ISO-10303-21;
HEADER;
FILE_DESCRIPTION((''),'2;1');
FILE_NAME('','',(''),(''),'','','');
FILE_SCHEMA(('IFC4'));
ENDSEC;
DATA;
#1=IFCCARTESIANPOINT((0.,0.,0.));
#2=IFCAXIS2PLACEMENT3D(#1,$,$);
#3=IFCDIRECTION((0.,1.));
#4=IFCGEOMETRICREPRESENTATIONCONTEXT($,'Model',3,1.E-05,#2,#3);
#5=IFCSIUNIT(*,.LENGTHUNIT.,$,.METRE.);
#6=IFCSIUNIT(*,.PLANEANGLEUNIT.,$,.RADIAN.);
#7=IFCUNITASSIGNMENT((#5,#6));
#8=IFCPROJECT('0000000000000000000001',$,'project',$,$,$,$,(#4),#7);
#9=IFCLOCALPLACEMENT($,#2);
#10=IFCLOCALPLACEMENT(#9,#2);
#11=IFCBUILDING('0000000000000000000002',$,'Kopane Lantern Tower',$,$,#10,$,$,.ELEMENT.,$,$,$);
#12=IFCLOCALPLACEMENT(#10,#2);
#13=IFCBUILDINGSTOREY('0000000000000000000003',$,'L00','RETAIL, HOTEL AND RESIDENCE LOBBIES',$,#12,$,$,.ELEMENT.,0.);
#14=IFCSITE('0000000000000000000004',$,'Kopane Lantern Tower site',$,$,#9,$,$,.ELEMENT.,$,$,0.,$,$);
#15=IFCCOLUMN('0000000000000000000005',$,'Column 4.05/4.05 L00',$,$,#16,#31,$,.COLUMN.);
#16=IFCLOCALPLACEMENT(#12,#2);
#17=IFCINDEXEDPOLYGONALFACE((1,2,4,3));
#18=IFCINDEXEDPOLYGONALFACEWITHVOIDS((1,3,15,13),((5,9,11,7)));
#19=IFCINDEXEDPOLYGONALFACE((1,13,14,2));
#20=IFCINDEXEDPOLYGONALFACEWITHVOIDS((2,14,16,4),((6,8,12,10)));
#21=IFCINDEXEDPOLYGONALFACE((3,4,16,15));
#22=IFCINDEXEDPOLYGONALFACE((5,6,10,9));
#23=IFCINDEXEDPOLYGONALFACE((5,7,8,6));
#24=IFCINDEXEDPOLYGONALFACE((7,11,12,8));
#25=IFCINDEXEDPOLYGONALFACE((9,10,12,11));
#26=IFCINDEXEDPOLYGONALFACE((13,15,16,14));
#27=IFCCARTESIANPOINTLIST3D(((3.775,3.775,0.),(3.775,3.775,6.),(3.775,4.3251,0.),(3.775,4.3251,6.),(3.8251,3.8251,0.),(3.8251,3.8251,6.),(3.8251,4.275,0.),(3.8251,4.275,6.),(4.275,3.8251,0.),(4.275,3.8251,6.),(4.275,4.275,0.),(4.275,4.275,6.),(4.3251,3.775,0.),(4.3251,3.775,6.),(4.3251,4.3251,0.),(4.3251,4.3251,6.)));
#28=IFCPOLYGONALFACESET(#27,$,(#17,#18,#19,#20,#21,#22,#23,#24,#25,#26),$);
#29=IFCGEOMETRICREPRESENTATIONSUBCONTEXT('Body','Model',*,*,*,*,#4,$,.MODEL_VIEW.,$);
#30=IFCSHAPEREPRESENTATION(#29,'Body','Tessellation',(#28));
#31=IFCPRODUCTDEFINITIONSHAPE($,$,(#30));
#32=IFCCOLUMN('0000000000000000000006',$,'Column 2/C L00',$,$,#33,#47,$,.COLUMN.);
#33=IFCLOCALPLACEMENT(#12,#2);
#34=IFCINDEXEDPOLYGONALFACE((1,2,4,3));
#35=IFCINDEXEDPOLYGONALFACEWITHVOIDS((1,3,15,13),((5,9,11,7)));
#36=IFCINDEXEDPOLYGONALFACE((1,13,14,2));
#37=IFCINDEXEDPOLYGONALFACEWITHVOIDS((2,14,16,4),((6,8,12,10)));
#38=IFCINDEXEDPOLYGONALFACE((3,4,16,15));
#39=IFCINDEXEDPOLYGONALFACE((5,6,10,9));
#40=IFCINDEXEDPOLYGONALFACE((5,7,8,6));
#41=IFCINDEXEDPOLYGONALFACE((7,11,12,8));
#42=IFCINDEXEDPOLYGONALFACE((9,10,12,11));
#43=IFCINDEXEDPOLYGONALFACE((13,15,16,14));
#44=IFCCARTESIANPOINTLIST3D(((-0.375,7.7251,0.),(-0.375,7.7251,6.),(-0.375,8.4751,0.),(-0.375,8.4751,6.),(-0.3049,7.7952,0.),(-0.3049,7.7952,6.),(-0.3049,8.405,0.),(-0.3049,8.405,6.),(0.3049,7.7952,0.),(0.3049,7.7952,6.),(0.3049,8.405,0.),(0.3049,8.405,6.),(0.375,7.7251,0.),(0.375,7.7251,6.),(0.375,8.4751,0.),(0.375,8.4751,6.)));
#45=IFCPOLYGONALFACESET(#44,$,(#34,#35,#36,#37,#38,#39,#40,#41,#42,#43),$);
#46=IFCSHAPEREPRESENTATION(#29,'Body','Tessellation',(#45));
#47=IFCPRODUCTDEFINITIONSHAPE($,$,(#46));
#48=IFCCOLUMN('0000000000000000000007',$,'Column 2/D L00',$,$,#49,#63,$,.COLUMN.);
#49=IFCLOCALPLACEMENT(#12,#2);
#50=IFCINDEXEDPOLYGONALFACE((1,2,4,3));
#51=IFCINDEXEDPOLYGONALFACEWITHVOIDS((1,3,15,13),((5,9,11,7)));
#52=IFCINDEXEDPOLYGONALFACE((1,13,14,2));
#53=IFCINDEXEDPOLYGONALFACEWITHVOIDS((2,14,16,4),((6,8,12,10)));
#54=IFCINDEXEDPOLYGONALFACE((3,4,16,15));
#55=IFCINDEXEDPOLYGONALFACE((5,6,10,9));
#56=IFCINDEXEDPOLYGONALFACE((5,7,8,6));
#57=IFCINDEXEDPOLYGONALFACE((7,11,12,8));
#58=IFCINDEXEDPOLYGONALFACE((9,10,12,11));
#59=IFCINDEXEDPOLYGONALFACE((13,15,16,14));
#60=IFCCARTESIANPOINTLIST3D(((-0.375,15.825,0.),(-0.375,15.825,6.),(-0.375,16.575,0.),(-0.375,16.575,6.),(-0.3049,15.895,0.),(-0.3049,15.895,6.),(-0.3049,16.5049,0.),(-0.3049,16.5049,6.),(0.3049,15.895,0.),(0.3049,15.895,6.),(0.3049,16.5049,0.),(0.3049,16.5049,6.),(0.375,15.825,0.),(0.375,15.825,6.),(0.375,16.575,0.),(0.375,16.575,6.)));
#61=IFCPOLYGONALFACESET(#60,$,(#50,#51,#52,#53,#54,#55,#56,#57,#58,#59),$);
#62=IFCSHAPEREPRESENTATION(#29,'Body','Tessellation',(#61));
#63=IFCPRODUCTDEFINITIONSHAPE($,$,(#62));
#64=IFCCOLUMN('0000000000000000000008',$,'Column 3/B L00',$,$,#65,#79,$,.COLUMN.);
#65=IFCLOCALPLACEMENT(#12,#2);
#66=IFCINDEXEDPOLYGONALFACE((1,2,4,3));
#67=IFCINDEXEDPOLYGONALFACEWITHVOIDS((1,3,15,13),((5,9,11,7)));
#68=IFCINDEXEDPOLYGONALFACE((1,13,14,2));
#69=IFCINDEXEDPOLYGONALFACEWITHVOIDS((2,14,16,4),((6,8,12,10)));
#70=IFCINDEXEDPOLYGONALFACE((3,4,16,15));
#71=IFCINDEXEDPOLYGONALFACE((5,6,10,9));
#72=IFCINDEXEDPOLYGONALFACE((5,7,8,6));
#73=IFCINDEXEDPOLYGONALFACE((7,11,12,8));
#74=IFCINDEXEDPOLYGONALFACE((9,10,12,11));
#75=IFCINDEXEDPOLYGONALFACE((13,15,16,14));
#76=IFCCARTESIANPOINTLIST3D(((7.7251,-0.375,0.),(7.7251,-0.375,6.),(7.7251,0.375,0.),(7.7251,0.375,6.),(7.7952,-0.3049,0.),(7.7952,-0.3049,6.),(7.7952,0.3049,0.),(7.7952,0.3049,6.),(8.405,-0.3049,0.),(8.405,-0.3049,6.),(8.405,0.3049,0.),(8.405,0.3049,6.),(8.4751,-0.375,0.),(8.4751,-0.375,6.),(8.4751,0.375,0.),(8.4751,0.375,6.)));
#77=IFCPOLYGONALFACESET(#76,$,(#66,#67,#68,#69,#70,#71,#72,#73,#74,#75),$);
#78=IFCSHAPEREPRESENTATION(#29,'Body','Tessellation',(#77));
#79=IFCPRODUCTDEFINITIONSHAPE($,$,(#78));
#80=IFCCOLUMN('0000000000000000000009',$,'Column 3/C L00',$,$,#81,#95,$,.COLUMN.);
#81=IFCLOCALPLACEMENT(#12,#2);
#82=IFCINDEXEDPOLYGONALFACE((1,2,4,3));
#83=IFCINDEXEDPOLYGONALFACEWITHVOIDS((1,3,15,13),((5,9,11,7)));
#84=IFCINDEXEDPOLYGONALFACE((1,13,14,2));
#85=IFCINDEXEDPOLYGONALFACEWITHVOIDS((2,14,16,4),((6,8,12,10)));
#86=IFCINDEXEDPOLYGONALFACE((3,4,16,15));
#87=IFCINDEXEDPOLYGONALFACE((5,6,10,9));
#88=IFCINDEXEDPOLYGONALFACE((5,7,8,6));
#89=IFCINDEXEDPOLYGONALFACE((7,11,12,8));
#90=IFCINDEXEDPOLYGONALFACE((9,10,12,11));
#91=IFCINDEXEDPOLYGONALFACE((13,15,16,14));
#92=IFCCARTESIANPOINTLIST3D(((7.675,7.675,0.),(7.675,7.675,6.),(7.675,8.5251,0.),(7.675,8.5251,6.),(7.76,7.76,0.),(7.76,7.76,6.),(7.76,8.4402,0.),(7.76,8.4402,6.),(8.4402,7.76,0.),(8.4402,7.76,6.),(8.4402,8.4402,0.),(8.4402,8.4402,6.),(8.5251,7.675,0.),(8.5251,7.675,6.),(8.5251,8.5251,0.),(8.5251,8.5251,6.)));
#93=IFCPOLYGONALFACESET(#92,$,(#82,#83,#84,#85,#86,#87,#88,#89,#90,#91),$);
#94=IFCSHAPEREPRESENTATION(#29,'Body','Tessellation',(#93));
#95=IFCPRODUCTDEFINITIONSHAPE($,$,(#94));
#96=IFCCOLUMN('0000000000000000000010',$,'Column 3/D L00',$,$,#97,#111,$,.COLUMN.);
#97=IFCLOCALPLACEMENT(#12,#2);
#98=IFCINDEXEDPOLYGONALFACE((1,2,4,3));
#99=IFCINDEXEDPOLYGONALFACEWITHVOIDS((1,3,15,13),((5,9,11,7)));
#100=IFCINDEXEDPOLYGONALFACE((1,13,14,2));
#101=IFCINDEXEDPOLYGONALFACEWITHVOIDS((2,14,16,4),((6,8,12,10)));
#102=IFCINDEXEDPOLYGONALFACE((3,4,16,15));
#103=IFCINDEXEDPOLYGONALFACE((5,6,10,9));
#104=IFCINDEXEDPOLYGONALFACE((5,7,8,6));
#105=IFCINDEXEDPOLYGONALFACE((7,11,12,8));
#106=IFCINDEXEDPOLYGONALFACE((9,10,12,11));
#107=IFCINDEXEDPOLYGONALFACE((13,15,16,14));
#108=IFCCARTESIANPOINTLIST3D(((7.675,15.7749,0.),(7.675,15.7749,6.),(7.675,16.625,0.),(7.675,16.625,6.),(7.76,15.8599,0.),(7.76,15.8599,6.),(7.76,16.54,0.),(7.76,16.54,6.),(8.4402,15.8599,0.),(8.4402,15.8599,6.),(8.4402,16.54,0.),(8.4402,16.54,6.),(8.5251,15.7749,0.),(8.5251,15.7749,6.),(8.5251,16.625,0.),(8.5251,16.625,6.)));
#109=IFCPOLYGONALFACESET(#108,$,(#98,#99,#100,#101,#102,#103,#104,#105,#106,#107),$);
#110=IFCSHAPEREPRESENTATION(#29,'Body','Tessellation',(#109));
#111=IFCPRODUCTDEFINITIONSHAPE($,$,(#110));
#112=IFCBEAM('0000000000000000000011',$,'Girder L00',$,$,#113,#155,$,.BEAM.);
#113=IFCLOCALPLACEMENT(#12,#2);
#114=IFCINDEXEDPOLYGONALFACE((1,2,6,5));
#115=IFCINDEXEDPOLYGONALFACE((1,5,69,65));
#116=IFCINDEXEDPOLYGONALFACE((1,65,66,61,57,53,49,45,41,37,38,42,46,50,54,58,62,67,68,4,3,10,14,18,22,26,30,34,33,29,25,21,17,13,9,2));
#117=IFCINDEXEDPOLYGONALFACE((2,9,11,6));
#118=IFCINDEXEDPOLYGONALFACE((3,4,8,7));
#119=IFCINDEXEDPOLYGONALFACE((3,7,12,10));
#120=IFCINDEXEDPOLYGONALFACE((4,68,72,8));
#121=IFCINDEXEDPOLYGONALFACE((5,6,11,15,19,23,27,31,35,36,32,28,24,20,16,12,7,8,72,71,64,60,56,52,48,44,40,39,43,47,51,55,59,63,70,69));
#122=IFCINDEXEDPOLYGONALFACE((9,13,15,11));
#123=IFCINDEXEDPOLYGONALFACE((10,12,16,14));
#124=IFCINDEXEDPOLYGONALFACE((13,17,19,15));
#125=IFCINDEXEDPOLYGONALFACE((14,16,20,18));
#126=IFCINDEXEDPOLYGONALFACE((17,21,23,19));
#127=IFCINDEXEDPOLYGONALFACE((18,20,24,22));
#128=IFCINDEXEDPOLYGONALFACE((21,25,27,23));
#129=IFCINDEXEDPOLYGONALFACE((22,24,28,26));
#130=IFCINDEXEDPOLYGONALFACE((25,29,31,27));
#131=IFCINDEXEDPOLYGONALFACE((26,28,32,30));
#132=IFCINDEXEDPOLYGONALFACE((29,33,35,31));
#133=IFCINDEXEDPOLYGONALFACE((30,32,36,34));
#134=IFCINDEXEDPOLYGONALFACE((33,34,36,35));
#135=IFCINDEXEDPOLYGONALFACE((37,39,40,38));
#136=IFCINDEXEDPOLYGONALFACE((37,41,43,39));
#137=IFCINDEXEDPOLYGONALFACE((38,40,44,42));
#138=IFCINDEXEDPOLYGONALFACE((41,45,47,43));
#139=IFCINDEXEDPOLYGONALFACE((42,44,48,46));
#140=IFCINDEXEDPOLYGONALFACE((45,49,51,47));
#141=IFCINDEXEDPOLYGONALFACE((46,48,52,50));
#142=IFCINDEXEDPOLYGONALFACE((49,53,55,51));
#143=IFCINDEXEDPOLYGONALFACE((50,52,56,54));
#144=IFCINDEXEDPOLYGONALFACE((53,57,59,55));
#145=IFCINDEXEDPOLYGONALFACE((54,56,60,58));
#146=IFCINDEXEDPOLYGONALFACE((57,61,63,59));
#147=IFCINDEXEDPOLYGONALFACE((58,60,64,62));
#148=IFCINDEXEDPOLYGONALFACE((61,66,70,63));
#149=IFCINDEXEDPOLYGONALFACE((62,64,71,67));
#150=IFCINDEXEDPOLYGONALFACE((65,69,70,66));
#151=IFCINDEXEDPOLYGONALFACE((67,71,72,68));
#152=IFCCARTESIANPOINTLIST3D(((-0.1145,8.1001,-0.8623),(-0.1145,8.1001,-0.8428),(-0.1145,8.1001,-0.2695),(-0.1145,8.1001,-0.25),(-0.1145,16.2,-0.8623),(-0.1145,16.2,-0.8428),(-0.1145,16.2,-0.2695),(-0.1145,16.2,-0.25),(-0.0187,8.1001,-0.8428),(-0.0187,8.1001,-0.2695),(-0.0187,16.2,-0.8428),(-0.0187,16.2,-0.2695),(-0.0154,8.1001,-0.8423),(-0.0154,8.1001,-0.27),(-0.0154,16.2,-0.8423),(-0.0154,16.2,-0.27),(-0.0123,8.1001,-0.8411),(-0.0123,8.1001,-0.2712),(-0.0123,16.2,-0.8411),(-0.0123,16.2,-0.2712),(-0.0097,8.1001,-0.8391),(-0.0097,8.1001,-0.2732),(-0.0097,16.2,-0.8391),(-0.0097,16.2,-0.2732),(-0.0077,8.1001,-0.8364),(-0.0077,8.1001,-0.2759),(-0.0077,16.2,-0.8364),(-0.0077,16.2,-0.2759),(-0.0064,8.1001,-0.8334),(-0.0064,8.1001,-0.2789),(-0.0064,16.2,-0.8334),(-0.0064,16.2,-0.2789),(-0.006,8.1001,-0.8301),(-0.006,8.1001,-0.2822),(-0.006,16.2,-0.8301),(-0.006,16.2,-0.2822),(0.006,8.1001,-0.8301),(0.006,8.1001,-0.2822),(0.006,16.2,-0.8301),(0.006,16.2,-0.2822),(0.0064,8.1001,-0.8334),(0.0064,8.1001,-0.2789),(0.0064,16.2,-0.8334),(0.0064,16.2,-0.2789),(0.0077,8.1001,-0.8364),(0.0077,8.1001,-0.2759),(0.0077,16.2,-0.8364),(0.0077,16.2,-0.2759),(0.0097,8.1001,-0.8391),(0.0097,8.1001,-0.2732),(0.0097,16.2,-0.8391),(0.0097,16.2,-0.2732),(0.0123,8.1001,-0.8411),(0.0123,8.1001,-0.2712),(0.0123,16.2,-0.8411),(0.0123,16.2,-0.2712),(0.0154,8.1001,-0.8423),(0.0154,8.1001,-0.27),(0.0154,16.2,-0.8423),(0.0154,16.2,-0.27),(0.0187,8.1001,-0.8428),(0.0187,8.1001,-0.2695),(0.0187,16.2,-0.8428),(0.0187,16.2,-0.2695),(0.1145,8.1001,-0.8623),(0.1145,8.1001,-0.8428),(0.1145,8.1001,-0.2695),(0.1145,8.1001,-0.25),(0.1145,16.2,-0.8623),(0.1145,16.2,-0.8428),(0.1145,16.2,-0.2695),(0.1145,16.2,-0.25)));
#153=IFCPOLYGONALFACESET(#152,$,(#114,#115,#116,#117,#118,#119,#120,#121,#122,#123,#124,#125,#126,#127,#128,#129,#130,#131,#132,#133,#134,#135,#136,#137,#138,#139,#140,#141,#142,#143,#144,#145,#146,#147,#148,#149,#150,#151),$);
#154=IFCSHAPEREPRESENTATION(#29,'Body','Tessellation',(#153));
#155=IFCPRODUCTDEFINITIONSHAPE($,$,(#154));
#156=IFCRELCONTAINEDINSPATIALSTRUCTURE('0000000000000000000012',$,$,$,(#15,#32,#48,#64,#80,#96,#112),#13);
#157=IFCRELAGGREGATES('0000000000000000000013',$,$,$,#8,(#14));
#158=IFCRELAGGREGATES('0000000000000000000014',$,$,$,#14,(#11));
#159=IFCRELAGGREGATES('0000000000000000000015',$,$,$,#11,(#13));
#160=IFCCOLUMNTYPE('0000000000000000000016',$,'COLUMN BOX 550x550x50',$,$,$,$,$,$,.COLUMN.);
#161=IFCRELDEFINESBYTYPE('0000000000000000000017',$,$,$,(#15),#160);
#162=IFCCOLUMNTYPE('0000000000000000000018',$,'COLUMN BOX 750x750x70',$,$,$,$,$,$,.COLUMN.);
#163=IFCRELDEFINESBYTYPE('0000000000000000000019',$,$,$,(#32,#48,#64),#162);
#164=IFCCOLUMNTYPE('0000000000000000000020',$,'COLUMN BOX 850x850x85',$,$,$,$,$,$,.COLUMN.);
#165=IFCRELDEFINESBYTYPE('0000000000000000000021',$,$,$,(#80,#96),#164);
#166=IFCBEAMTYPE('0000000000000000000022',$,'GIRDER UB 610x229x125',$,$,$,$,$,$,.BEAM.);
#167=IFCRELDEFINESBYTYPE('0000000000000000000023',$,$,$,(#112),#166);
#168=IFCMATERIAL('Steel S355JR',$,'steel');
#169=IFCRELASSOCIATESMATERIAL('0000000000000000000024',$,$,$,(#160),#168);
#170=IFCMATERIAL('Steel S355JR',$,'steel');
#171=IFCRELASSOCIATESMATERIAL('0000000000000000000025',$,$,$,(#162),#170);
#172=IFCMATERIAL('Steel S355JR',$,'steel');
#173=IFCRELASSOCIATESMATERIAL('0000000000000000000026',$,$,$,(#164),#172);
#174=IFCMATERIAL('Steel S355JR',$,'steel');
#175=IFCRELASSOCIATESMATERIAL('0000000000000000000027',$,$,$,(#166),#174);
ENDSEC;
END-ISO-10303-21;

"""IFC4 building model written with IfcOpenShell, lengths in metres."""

from ifc_helpers import new_model, si_unit, direction, frame, origin, origin_2d, place, context, subcontext, project, spatial, hollow_rectangle, i_section, extrude, material, material_profile, profile_set, type_object, element, save


model = new_model("IFC4")

# Units and contexts
model_context = context("Model", 3, precision=1e-05, world=origin(), true_north=direction((0.0, 1.0)))
body_context = subcontext(model_context, "Body", "Model", "MODEL_VIEW")
ifc_project = project(units=[si_unit("LENGTHUNIT", "METRE"), si_unit("PLANEANGLEUNIT", "RADIAN")], contexts=[model_context])

# Site, building, storey
site_placement = place(None, origin())
site = spatial("IfcSite", under=ifc_project, at=site_placement, Name="Kopane Lantern Tower site", CompositionType="ELEMENT", RefElevation=0.0)
building_placement = place(site_placement, origin())
building = spatial("IfcBuilding", under=site, at=building_placement, Name="Kopane Lantern Tower", CompositionType="ELEMENT")
storey_placement = place(building_placement, origin())
storey = spatial("IfcBuildingStorey", under=building, at=storey_placement, Name="L00", Description="RETAIL, HOTEL AND RESIDENCE LOBBIES", CompositionType="ELEMENT", Elevation=0.0)

# Columns
ifc_material_1 = material(Name="Steel S355JR", Category="steel")
ifc_material_profile_1 = material_profile(ifc_material_1, hollow_rectangle(XDim=0.55, YDim=0.55, WallThickness=0.05, at=origin_2d()), Name="BOX 550x550x50")
ifc_profile_set_1 = profile_set([ifc_material_profile_1], Name="Steel S355JR")
column_type_1 = type_object("IfcColumnType", Name="COLUMN BOX 550x550x50", PredefinedType="COLUMN", material=ifc_profile_set_1)
column_placement = place(storey_placement, frame((4.05, 4.05, 0.0), z_axis=(0.0, 0.0, 1.0), x_axis=(1.0, 0.0, 0.0)))
element("IfcColumn", 1, at=column_placement, inside=storey, type_object=column_type_1, Name="Column 4.05/4.05 L00", PredefinedType="COLUMN", context=body_context, shape_type="SweptSolid", body=[
    extrude(hollow_rectangle(XDim=0.55, YDim=0.55, WallThickness=0.05, at=origin_2d()), origin(), (0.0, 0.0, 1.0), 6.0),
])
ifc_material_2 = material(Name="Steel S355JR", Category="steel")
ifc_material_profile_2 = material_profile(ifc_material_2, hollow_rectangle(XDim=0.75, YDim=0.75, WallThickness=0.0701, at=origin_2d()), Name="BOX 750x750x70")
ifc_profile_set_2 = profile_set([ifc_material_profile_2], Name="Steel S355JR")
column_type_2 = type_object("IfcColumnType", Name="COLUMN BOX 750x750x70", PredefinedType="COLUMN", material=ifc_profile_set_2)
for number, where, z_axis, x_axis, name in (
    (2, (0.0, 8.1001, 0.0), (0.0, 0.0, 1.0), (1.0, 0.0, 0.0), "Column 2/C L00"),
    (3, (0.0, 16.2, 0.0), (0.0, 0.0, 1.0), (1.0, 0.0, 0.0), "Column 2/D L00"),
    (4, (8.1001, 0.0, 0.0), (0.0, 0.0, 1.0), (1.0, 0.0, 0.0), "Column 3/B L00"),
):
    element("IfcColumn", number, at=place(storey_placement, frame(where, z_axis=z_axis, x_axis=x_axis)), inside=storey, type_object=column_type_2, Name=name, PredefinedType="COLUMN", context=body_context, shape_type="SweptSolid", body=[
        extrude(hollow_rectangle(XDim=0.75, YDim=0.75, WallThickness=0.0701, at=origin_2d()), origin(), (0.0, 0.0, 1.0), 6.0),
    ])
ifc_material_3 = material(Name="Steel S355JR", Category="steel")
ifc_material_profile_3 = material_profile(ifc_material_3, hollow_rectangle(XDim=0.8501, YDim=0.8501, WallThickness=0.085, at=origin_2d()), Name="BOX 850x850x85")
ifc_profile_set_3 = profile_set([ifc_material_profile_3], Name="Steel S355JR")
column_type_3 = type_object("IfcColumnType", Name="COLUMN BOX 850x850x85", PredefinedType="COLUMN", material=ifc_profile_set_3)
for number, where, z_axis, x_axis, name in (
    (5, (8.1001, 8.1001, 0.0), (0.0, 0.0, 1.0), (1.0, 0.0, 0.0), "Column 3/C L00"),
    (6, (8.1001, 16.2, 0.0), (0.0, 0.0, 1.0), (1.0, 0.0, 0.0), "Column 3/D L00"),
):
    element("IfcColumn", number, at=place(storey_placement, frame(where, z_axis=z_axis, x_axis=x_axis)), inside=storey, type_object=column_type_3, Name=name, PredefinedType="COLUMN", context=body_context, shape_type="SweptSolid", body=[
        extrude(hollow_rectangle(XDim=0.8501, YDim=0.8501, WallThickness=0.085, at=origin_2d()), origin(), (0.0, 0.0, 1.0), 6.0),
    ])

# Beam
ifc_material_4 = material(Name="Steel S355JR", Category="steel")
ifc_material_profile_4 = material_profile(ifc_material_4, i_section(OverallWidth=0.229, OverallDepth=0.6123, WebThickness=0.012, FlangeThickness=0.0195, FilletRadius=0.0127, at=origin_2d()), Name="UB 610x229x125")
ifc_profile_set_4 = profile_set([ifc_material_profile_4], Name="Steel S355JR")
beam_type = type_object("IfcBeamType", Name="GIRDER UB 610x229x125", PredefinedType="BEAM", material=ifc_profile_set_4)
beam_1_placement = place(storey_placement, frame((0.0, 8.1001, -0.5562), z_axis=(0.0, 1.0, 0.0), x_axis=(-1.0, 0.0, 0.0)))
element("IfcBeam", 7, at=beam_1_placement, inside=storey, type_object=beam_type, Name="Girder L00", PredefinedType="BEAM", context=body_context, shape_type="SweptSolid", body=[
    extrude(i_section(OverallWidth=0.229, OverallDepth=0.6123, WebThickness=0.012, FlangeThickness=0.0195, FilletRadius=0.0127, at=origin_2d()), origin(), (0.0, 0.0, 1.0), 8.0999),
])

save(model, "model.ifc")
